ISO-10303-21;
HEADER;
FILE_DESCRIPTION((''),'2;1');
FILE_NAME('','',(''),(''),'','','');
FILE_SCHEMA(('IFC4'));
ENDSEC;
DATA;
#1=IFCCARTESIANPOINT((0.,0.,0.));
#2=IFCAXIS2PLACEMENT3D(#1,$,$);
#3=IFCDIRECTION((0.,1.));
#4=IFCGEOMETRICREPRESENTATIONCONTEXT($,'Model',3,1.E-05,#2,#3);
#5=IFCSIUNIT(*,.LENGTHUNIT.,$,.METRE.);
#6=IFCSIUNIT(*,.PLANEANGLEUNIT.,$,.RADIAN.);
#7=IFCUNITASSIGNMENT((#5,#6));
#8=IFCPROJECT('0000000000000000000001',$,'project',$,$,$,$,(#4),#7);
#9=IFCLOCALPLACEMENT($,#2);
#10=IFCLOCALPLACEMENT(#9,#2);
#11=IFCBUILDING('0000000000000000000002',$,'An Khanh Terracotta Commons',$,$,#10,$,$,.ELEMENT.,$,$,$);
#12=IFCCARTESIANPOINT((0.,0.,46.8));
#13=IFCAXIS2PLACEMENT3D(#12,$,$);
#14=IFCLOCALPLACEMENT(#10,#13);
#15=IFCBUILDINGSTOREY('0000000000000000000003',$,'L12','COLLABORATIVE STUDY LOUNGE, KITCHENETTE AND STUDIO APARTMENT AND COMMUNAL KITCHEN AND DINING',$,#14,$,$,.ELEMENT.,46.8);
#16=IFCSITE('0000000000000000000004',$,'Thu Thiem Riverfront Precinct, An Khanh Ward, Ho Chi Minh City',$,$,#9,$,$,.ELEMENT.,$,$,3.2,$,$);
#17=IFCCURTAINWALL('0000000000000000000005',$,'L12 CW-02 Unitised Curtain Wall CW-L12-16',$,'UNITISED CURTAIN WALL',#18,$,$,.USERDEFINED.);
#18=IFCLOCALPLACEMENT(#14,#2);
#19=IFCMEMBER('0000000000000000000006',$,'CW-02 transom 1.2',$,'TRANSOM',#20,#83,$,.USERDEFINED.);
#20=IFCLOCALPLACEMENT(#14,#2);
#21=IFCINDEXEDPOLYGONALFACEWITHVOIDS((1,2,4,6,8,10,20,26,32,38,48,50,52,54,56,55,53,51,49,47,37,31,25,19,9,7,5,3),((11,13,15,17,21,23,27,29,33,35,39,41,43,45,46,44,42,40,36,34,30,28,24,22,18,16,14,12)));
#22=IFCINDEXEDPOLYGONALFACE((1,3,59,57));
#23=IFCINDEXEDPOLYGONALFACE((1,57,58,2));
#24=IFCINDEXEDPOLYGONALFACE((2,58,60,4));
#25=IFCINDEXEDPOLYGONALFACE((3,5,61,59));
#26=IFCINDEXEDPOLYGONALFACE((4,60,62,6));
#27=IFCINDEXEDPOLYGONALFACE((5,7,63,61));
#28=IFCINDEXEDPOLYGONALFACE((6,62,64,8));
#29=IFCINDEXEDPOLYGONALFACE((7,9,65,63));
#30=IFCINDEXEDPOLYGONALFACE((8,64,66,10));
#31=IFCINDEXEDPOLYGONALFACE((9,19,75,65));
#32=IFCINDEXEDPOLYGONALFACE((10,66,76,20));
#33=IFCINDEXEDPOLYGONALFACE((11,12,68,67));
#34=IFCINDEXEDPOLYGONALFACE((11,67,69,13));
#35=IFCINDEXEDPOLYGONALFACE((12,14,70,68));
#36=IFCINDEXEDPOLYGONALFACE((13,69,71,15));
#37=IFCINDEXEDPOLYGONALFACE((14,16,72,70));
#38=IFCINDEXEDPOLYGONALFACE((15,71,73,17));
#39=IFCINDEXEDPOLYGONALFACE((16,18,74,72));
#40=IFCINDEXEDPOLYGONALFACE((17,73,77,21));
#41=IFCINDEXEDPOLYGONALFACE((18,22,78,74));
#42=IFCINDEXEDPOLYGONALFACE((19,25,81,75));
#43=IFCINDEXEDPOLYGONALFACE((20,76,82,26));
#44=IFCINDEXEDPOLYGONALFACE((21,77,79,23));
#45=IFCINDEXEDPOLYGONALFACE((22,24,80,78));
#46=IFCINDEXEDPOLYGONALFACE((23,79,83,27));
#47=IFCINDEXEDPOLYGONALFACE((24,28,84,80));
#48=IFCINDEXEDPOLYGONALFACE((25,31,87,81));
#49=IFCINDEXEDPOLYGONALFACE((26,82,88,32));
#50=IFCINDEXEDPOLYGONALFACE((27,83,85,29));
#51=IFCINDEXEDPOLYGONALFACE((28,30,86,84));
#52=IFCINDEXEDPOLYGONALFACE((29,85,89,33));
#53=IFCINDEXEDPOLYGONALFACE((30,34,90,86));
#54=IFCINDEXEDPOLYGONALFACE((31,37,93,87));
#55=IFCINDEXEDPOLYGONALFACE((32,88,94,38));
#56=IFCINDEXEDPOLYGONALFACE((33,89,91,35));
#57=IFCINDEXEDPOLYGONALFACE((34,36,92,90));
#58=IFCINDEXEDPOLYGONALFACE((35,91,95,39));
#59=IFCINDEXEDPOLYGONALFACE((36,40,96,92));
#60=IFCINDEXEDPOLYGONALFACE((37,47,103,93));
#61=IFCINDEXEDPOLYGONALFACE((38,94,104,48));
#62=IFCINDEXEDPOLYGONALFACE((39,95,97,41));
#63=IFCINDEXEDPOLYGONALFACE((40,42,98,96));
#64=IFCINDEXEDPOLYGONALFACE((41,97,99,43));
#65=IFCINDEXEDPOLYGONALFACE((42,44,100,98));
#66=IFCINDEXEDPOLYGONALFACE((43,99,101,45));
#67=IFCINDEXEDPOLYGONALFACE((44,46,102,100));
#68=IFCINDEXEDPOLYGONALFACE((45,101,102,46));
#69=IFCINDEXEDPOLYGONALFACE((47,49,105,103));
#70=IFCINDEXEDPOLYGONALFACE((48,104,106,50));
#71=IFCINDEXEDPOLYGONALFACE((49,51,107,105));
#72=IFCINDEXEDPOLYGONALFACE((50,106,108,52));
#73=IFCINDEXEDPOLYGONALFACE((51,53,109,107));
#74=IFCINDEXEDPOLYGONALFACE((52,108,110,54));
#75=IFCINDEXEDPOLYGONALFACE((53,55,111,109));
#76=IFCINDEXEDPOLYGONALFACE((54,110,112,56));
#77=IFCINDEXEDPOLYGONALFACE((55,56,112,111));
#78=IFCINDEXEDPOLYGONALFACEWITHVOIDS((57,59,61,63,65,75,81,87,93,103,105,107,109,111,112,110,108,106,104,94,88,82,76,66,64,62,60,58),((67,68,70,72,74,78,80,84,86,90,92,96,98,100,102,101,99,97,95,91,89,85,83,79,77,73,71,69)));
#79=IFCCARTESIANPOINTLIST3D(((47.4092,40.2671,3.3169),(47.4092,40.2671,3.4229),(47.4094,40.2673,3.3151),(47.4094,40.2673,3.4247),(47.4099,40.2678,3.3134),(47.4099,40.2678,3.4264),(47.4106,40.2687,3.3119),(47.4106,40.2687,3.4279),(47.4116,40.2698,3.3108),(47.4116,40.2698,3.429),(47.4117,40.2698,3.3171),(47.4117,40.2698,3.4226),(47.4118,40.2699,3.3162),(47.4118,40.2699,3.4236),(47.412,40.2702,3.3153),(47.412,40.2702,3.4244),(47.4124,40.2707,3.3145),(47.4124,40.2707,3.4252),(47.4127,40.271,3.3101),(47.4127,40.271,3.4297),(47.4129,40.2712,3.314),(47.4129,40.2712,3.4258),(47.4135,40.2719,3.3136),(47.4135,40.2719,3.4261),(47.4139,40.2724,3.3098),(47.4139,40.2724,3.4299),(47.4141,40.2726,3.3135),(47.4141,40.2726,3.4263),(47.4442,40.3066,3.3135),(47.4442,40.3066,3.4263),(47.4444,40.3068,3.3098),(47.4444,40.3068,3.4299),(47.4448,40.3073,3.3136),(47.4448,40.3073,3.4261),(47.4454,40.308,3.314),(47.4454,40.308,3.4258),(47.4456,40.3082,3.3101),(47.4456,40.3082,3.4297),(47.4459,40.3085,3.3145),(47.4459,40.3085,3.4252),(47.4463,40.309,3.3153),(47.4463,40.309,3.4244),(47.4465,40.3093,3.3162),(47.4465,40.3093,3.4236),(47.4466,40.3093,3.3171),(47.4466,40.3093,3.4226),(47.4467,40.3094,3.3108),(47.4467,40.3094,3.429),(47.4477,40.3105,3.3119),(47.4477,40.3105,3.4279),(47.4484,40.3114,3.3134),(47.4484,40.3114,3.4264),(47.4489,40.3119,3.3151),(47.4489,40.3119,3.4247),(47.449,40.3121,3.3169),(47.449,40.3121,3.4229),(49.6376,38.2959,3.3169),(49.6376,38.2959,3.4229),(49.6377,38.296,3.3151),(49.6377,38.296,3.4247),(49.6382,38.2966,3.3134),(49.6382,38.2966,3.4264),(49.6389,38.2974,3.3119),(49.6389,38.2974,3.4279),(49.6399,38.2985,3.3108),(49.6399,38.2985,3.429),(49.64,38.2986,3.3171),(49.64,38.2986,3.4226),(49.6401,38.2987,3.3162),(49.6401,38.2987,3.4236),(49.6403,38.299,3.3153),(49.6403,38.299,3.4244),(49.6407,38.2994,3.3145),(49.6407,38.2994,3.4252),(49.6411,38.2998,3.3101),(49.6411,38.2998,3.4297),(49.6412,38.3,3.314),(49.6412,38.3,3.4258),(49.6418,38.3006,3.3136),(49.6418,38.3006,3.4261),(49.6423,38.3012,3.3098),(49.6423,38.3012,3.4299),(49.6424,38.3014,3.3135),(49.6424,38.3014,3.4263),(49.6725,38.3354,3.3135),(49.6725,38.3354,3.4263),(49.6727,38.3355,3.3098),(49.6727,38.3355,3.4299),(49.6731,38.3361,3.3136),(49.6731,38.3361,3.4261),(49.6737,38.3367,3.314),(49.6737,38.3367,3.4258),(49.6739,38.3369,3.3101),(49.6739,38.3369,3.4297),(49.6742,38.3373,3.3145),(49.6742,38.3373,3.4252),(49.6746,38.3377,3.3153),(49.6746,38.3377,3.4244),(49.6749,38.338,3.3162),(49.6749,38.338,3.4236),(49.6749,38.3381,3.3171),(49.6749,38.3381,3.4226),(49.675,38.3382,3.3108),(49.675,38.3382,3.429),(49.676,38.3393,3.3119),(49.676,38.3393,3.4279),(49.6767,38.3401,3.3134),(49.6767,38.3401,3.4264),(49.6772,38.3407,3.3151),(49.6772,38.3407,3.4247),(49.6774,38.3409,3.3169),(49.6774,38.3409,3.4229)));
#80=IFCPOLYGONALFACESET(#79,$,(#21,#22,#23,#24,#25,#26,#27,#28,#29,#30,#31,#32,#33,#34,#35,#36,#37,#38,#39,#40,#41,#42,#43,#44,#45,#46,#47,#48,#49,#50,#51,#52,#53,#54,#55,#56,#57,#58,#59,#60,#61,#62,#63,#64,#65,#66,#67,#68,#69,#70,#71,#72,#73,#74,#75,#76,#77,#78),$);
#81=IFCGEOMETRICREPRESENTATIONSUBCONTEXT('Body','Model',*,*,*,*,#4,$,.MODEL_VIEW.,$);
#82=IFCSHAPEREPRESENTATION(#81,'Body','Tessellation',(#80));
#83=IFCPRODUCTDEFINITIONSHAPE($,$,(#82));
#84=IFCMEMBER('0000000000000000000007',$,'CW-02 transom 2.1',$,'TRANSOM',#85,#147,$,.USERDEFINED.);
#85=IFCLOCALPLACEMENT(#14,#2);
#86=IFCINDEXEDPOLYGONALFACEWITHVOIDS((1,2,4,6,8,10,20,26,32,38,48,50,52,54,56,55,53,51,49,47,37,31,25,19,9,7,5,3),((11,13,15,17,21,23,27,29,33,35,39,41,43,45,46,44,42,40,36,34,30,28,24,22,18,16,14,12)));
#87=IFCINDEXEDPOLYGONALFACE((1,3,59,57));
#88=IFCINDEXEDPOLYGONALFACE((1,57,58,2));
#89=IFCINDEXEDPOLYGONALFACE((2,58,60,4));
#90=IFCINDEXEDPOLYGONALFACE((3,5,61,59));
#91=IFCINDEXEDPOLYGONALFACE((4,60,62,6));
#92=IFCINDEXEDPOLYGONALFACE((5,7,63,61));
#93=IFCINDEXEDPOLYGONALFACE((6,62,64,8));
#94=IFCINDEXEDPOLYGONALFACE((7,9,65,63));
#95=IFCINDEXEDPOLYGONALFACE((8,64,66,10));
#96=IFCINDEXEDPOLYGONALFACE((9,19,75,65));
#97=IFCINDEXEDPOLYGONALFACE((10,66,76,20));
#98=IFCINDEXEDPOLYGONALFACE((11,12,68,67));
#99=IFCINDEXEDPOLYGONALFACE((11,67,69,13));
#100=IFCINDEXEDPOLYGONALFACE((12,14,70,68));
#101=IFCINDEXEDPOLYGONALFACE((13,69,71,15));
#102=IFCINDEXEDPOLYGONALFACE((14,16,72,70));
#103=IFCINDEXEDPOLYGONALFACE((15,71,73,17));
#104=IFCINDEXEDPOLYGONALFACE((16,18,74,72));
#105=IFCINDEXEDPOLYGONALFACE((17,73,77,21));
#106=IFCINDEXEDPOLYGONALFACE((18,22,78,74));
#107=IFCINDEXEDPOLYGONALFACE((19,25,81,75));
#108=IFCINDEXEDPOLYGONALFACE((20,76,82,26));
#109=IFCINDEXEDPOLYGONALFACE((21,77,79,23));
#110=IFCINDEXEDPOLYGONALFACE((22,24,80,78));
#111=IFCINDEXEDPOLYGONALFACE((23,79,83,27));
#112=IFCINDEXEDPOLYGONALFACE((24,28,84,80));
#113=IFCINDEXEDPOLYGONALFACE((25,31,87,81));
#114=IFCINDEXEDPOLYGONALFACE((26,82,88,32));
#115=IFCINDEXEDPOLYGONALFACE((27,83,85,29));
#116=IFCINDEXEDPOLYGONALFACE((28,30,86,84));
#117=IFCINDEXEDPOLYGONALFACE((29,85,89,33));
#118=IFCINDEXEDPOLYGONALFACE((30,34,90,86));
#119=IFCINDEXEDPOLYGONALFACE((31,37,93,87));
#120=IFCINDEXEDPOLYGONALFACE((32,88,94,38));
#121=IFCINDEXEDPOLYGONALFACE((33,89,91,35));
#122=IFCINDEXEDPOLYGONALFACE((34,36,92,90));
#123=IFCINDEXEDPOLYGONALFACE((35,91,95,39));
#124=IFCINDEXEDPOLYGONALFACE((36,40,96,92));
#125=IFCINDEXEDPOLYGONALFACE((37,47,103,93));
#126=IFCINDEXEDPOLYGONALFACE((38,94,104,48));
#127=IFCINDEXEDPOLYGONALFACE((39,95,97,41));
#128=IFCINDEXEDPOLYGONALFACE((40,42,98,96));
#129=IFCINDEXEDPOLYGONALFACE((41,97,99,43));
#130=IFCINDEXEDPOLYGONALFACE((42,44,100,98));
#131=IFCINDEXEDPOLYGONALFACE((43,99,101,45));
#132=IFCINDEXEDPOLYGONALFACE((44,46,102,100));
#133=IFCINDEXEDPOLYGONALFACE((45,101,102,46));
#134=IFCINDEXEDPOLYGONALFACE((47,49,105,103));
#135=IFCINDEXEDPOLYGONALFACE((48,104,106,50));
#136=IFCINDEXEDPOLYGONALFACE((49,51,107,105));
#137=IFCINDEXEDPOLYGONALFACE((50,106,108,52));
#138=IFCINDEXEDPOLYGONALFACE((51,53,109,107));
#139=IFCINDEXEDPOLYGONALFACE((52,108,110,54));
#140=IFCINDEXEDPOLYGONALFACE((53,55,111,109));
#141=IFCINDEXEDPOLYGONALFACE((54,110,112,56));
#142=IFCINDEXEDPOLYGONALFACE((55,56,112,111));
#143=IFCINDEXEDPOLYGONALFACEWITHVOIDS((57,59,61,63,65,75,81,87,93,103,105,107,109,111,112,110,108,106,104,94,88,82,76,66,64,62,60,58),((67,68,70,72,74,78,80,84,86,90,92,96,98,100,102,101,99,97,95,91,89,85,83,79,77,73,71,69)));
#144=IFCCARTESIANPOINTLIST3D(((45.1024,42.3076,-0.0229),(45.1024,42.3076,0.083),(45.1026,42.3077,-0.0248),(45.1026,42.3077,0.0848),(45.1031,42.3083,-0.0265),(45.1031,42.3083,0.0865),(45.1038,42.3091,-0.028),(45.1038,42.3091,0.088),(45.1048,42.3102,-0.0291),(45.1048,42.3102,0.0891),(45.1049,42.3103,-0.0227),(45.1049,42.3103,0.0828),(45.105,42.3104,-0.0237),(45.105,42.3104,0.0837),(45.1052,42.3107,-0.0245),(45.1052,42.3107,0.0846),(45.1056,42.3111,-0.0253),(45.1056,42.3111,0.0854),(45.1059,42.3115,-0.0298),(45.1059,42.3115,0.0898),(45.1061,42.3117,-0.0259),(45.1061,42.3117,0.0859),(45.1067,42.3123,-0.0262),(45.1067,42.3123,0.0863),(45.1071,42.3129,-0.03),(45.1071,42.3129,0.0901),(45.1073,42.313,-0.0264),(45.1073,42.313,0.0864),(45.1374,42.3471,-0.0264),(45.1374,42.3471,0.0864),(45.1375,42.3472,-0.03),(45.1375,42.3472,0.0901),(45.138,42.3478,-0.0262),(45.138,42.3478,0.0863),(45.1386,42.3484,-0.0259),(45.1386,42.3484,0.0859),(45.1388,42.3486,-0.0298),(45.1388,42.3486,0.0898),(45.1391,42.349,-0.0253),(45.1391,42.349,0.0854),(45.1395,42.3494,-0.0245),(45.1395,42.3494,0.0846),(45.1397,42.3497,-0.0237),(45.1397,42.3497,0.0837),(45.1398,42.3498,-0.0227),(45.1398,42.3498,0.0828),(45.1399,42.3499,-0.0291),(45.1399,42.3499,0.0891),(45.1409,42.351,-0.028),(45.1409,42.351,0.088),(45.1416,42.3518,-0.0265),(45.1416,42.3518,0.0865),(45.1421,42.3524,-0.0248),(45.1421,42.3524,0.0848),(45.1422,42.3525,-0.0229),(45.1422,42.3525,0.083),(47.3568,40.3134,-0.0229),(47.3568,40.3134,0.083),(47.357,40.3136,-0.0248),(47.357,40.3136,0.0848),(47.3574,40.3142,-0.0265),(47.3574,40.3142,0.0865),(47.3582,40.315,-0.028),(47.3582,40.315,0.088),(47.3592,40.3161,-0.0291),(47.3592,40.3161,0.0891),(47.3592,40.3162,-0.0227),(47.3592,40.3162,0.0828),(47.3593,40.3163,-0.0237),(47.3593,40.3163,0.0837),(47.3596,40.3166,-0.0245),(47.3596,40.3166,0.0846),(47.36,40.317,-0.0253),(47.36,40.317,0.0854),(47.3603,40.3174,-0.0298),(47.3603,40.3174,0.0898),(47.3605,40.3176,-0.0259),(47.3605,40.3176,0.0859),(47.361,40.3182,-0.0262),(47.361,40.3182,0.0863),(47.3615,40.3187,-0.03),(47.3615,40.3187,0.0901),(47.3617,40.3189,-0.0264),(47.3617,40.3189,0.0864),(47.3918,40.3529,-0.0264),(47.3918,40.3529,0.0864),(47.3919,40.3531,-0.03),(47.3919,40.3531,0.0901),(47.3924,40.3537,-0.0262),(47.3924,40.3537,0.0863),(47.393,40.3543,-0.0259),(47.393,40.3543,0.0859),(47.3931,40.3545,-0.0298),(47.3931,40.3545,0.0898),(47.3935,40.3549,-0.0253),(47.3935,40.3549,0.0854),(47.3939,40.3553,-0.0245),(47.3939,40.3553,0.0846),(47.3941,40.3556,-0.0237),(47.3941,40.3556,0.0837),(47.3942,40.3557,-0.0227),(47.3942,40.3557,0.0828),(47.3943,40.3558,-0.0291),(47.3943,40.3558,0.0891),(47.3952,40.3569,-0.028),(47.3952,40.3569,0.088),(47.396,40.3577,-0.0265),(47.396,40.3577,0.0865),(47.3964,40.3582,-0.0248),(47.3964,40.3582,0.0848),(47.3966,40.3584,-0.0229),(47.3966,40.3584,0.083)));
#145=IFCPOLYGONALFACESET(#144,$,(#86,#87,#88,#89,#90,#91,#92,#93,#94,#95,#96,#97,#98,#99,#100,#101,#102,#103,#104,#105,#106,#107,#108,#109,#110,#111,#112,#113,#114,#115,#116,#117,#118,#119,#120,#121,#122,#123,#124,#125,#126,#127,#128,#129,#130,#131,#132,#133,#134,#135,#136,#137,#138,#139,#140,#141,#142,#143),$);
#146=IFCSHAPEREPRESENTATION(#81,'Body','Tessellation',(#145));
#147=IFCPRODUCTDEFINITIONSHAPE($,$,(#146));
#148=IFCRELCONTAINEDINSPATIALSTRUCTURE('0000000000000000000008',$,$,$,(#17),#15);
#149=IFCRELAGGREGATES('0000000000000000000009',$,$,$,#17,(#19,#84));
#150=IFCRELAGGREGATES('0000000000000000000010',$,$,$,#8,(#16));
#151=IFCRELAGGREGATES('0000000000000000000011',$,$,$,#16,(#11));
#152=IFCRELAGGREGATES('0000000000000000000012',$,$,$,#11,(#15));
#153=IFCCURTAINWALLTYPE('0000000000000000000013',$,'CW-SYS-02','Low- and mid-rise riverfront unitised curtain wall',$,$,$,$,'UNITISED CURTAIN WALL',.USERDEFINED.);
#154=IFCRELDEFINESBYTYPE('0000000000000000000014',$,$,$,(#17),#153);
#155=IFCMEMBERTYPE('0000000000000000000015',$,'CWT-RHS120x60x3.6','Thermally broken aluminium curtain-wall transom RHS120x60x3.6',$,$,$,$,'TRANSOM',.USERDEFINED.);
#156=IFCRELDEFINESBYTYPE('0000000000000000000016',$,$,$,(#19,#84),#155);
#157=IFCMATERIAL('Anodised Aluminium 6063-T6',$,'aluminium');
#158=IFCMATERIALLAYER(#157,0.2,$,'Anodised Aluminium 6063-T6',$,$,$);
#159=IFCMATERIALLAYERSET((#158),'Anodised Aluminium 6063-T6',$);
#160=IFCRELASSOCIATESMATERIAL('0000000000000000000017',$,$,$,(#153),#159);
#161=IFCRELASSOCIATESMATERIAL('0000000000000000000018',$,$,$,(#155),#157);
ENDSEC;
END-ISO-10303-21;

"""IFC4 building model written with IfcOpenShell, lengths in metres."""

from ifc_helpers import new_model, si_unit, direction, frame, origin, origin_2d, place, context, subcontext, project, spatial, hollow_rectangle, extrude, material, layer, layer_set, material_profile, profile_set, type_object, element, aggregate, save


model = new_model("IFC4")

# Units and contexts
model_context = context("Model", 3, precision=1e-05, world=origin(), true_north=direction((0.0, 1.0)))
body_context = subcontext(model_context, "Body", "Model", "MODEL_VIEW")
ifc_project = project(units=[si_unit("LENGTHUNIT", "METRE"), si_unit("PLANEANGLEUNIT", "RADIAN")], contexts=[model_context])

# Site, building, storey
site_placement = place(None, origin())
site = spatial("IfcSite", under=ifc_project, at=site_placement, Name="Thu Thiem Riverfront Precinct, An Khanh Ward, Ho Chi Minh City", CompositionType="ELEMENT", RefElevation=3.2)
building_placement = place(site_placement, origin())
building = spatial("IfcBuilding", under=site, at=building_placement, Name="An Khanh Terracotta Commons", CompositionType="ELEMENT")
storey_placement = place(building_placement, frame((0.0, 0.0, 46.8)))
storey = spatial("IfcBuildingStorey", under=building, at=storey_placement, Name="L12", Description="COLLABORATIVE STUDY LOUNGE, KITCHENETTE AND STUDIO APARTMENT AND COMMUNAL KITCHEN AND DINING", CompositionType="ELEMENT", Elevation=46.8)

# Curtain wall, members
ifc_material_1 = material(Name="Anodised Aluminium 6063-T6", Category="aluminium")
ifc_layer_1 = layer(ifc_material_1, 0.2, Name="Anodised Aluminium 6063-T6")
ifc_layer_set_1 = layer_set([ifc_layer_1], Name="Anodised Aluminium 6063-T6")
curtain_wall_type = type_object("IfcCurtainWallType", Name="CW-SYS-02", Description="Low- and mid-rise riverfront unitised curtain wall", ElementType="UNITISED CURTAIN WALL", PredefinedType="USERDEFINED", material=ifc_layer_set_1)
curtain_wall_placement = place(storey_placement, origin())
curtain_wall = element("IfcCurtainWall", 1, at=curtain_wall_placement, inside=storey, type_object=curtain_wall_type, Name="L12 CW-02 Unitised Curtain Wall CW-L12-16", ObjectType="UNITISED CURTAIN WALL", PredefinedType="USERDEFINED")
ifc_material_profile_1 = material_profile(ifc_material_1, hollow_rectangle(XDim=0.0601, YDim=0.1201, WallThickness=0.0037, InnerFilletRadius=0.0037, OuterFilletRadius=0.0071, at=origin_2d()), Name="RHS120x60x3.6")
ifc_profile_set_1 = profile_set([ifc_material_profile_1], Name="Anodised Aluminium 6063-T6")
member_type_1 = type_object("IfcMemberType", Name="CWT-RHS120x60x3.6", Description="Thermally broken aluminium curtain-wall transom RHS120x60x3.6", ElementType="TRANSOM", PredefinedType="USERDEFINED", material=ifc_profile_set_1)
member_1_placement = place(storey_placement, frame((49.6575, 38.3184, 3.3699), z_axis=(-0.748992, 0.662579, 0.0), x_axis=(-0.662579, -0.748992, 0.0)))
member_1 = element("IfcMember", 2, at=member_1_placement, type_object=member_type_1, Name="CW-02 transom 1.2", ObjectType="TRANSOM", PredefinedType="USERDEFINED", context=body_context, shape_type="SweptSolid", body=[
    extrude(hollow_rectangle(XDim=0.0601, YDim=0.1201, WallThickness=0.0037, InnerFilletRadius=0.0037, OuterFilletRadius=0.0071, at=origin_2d()), origin(), (0.0, 0.0, 1.0), 2.9751),
])
member_2_placement = place(storey_placement, frame((47.3767, 40.3359, 0.03), z_axis=(-0.749018, 0.662549, 0.0), x_axis=(-0.662549, -0.749018, 0.0)))
member_2 = element("IfcMember", 3, at=member_2_placement, type_object=member_type_1, Name="CW-02 transom 2.1", ObjectType="TRANSOM", PredefinedType="USERDEFINED", context=body_context, shape_type="SweptSolid", body=[
    extrude(hollow_rectangle(XDim=0.0601, YDim=0.1201, WallThickness=0.0037, InnerFilletRadius=0.0037, OuterFilletRadius=0.0071, at=origin_2d()), origin(), (0.0, 0.0, 1.0), 3.0098),
])
aggregate(curtain_wall, [member_1, member_2])

save(model, "model.ifc")
